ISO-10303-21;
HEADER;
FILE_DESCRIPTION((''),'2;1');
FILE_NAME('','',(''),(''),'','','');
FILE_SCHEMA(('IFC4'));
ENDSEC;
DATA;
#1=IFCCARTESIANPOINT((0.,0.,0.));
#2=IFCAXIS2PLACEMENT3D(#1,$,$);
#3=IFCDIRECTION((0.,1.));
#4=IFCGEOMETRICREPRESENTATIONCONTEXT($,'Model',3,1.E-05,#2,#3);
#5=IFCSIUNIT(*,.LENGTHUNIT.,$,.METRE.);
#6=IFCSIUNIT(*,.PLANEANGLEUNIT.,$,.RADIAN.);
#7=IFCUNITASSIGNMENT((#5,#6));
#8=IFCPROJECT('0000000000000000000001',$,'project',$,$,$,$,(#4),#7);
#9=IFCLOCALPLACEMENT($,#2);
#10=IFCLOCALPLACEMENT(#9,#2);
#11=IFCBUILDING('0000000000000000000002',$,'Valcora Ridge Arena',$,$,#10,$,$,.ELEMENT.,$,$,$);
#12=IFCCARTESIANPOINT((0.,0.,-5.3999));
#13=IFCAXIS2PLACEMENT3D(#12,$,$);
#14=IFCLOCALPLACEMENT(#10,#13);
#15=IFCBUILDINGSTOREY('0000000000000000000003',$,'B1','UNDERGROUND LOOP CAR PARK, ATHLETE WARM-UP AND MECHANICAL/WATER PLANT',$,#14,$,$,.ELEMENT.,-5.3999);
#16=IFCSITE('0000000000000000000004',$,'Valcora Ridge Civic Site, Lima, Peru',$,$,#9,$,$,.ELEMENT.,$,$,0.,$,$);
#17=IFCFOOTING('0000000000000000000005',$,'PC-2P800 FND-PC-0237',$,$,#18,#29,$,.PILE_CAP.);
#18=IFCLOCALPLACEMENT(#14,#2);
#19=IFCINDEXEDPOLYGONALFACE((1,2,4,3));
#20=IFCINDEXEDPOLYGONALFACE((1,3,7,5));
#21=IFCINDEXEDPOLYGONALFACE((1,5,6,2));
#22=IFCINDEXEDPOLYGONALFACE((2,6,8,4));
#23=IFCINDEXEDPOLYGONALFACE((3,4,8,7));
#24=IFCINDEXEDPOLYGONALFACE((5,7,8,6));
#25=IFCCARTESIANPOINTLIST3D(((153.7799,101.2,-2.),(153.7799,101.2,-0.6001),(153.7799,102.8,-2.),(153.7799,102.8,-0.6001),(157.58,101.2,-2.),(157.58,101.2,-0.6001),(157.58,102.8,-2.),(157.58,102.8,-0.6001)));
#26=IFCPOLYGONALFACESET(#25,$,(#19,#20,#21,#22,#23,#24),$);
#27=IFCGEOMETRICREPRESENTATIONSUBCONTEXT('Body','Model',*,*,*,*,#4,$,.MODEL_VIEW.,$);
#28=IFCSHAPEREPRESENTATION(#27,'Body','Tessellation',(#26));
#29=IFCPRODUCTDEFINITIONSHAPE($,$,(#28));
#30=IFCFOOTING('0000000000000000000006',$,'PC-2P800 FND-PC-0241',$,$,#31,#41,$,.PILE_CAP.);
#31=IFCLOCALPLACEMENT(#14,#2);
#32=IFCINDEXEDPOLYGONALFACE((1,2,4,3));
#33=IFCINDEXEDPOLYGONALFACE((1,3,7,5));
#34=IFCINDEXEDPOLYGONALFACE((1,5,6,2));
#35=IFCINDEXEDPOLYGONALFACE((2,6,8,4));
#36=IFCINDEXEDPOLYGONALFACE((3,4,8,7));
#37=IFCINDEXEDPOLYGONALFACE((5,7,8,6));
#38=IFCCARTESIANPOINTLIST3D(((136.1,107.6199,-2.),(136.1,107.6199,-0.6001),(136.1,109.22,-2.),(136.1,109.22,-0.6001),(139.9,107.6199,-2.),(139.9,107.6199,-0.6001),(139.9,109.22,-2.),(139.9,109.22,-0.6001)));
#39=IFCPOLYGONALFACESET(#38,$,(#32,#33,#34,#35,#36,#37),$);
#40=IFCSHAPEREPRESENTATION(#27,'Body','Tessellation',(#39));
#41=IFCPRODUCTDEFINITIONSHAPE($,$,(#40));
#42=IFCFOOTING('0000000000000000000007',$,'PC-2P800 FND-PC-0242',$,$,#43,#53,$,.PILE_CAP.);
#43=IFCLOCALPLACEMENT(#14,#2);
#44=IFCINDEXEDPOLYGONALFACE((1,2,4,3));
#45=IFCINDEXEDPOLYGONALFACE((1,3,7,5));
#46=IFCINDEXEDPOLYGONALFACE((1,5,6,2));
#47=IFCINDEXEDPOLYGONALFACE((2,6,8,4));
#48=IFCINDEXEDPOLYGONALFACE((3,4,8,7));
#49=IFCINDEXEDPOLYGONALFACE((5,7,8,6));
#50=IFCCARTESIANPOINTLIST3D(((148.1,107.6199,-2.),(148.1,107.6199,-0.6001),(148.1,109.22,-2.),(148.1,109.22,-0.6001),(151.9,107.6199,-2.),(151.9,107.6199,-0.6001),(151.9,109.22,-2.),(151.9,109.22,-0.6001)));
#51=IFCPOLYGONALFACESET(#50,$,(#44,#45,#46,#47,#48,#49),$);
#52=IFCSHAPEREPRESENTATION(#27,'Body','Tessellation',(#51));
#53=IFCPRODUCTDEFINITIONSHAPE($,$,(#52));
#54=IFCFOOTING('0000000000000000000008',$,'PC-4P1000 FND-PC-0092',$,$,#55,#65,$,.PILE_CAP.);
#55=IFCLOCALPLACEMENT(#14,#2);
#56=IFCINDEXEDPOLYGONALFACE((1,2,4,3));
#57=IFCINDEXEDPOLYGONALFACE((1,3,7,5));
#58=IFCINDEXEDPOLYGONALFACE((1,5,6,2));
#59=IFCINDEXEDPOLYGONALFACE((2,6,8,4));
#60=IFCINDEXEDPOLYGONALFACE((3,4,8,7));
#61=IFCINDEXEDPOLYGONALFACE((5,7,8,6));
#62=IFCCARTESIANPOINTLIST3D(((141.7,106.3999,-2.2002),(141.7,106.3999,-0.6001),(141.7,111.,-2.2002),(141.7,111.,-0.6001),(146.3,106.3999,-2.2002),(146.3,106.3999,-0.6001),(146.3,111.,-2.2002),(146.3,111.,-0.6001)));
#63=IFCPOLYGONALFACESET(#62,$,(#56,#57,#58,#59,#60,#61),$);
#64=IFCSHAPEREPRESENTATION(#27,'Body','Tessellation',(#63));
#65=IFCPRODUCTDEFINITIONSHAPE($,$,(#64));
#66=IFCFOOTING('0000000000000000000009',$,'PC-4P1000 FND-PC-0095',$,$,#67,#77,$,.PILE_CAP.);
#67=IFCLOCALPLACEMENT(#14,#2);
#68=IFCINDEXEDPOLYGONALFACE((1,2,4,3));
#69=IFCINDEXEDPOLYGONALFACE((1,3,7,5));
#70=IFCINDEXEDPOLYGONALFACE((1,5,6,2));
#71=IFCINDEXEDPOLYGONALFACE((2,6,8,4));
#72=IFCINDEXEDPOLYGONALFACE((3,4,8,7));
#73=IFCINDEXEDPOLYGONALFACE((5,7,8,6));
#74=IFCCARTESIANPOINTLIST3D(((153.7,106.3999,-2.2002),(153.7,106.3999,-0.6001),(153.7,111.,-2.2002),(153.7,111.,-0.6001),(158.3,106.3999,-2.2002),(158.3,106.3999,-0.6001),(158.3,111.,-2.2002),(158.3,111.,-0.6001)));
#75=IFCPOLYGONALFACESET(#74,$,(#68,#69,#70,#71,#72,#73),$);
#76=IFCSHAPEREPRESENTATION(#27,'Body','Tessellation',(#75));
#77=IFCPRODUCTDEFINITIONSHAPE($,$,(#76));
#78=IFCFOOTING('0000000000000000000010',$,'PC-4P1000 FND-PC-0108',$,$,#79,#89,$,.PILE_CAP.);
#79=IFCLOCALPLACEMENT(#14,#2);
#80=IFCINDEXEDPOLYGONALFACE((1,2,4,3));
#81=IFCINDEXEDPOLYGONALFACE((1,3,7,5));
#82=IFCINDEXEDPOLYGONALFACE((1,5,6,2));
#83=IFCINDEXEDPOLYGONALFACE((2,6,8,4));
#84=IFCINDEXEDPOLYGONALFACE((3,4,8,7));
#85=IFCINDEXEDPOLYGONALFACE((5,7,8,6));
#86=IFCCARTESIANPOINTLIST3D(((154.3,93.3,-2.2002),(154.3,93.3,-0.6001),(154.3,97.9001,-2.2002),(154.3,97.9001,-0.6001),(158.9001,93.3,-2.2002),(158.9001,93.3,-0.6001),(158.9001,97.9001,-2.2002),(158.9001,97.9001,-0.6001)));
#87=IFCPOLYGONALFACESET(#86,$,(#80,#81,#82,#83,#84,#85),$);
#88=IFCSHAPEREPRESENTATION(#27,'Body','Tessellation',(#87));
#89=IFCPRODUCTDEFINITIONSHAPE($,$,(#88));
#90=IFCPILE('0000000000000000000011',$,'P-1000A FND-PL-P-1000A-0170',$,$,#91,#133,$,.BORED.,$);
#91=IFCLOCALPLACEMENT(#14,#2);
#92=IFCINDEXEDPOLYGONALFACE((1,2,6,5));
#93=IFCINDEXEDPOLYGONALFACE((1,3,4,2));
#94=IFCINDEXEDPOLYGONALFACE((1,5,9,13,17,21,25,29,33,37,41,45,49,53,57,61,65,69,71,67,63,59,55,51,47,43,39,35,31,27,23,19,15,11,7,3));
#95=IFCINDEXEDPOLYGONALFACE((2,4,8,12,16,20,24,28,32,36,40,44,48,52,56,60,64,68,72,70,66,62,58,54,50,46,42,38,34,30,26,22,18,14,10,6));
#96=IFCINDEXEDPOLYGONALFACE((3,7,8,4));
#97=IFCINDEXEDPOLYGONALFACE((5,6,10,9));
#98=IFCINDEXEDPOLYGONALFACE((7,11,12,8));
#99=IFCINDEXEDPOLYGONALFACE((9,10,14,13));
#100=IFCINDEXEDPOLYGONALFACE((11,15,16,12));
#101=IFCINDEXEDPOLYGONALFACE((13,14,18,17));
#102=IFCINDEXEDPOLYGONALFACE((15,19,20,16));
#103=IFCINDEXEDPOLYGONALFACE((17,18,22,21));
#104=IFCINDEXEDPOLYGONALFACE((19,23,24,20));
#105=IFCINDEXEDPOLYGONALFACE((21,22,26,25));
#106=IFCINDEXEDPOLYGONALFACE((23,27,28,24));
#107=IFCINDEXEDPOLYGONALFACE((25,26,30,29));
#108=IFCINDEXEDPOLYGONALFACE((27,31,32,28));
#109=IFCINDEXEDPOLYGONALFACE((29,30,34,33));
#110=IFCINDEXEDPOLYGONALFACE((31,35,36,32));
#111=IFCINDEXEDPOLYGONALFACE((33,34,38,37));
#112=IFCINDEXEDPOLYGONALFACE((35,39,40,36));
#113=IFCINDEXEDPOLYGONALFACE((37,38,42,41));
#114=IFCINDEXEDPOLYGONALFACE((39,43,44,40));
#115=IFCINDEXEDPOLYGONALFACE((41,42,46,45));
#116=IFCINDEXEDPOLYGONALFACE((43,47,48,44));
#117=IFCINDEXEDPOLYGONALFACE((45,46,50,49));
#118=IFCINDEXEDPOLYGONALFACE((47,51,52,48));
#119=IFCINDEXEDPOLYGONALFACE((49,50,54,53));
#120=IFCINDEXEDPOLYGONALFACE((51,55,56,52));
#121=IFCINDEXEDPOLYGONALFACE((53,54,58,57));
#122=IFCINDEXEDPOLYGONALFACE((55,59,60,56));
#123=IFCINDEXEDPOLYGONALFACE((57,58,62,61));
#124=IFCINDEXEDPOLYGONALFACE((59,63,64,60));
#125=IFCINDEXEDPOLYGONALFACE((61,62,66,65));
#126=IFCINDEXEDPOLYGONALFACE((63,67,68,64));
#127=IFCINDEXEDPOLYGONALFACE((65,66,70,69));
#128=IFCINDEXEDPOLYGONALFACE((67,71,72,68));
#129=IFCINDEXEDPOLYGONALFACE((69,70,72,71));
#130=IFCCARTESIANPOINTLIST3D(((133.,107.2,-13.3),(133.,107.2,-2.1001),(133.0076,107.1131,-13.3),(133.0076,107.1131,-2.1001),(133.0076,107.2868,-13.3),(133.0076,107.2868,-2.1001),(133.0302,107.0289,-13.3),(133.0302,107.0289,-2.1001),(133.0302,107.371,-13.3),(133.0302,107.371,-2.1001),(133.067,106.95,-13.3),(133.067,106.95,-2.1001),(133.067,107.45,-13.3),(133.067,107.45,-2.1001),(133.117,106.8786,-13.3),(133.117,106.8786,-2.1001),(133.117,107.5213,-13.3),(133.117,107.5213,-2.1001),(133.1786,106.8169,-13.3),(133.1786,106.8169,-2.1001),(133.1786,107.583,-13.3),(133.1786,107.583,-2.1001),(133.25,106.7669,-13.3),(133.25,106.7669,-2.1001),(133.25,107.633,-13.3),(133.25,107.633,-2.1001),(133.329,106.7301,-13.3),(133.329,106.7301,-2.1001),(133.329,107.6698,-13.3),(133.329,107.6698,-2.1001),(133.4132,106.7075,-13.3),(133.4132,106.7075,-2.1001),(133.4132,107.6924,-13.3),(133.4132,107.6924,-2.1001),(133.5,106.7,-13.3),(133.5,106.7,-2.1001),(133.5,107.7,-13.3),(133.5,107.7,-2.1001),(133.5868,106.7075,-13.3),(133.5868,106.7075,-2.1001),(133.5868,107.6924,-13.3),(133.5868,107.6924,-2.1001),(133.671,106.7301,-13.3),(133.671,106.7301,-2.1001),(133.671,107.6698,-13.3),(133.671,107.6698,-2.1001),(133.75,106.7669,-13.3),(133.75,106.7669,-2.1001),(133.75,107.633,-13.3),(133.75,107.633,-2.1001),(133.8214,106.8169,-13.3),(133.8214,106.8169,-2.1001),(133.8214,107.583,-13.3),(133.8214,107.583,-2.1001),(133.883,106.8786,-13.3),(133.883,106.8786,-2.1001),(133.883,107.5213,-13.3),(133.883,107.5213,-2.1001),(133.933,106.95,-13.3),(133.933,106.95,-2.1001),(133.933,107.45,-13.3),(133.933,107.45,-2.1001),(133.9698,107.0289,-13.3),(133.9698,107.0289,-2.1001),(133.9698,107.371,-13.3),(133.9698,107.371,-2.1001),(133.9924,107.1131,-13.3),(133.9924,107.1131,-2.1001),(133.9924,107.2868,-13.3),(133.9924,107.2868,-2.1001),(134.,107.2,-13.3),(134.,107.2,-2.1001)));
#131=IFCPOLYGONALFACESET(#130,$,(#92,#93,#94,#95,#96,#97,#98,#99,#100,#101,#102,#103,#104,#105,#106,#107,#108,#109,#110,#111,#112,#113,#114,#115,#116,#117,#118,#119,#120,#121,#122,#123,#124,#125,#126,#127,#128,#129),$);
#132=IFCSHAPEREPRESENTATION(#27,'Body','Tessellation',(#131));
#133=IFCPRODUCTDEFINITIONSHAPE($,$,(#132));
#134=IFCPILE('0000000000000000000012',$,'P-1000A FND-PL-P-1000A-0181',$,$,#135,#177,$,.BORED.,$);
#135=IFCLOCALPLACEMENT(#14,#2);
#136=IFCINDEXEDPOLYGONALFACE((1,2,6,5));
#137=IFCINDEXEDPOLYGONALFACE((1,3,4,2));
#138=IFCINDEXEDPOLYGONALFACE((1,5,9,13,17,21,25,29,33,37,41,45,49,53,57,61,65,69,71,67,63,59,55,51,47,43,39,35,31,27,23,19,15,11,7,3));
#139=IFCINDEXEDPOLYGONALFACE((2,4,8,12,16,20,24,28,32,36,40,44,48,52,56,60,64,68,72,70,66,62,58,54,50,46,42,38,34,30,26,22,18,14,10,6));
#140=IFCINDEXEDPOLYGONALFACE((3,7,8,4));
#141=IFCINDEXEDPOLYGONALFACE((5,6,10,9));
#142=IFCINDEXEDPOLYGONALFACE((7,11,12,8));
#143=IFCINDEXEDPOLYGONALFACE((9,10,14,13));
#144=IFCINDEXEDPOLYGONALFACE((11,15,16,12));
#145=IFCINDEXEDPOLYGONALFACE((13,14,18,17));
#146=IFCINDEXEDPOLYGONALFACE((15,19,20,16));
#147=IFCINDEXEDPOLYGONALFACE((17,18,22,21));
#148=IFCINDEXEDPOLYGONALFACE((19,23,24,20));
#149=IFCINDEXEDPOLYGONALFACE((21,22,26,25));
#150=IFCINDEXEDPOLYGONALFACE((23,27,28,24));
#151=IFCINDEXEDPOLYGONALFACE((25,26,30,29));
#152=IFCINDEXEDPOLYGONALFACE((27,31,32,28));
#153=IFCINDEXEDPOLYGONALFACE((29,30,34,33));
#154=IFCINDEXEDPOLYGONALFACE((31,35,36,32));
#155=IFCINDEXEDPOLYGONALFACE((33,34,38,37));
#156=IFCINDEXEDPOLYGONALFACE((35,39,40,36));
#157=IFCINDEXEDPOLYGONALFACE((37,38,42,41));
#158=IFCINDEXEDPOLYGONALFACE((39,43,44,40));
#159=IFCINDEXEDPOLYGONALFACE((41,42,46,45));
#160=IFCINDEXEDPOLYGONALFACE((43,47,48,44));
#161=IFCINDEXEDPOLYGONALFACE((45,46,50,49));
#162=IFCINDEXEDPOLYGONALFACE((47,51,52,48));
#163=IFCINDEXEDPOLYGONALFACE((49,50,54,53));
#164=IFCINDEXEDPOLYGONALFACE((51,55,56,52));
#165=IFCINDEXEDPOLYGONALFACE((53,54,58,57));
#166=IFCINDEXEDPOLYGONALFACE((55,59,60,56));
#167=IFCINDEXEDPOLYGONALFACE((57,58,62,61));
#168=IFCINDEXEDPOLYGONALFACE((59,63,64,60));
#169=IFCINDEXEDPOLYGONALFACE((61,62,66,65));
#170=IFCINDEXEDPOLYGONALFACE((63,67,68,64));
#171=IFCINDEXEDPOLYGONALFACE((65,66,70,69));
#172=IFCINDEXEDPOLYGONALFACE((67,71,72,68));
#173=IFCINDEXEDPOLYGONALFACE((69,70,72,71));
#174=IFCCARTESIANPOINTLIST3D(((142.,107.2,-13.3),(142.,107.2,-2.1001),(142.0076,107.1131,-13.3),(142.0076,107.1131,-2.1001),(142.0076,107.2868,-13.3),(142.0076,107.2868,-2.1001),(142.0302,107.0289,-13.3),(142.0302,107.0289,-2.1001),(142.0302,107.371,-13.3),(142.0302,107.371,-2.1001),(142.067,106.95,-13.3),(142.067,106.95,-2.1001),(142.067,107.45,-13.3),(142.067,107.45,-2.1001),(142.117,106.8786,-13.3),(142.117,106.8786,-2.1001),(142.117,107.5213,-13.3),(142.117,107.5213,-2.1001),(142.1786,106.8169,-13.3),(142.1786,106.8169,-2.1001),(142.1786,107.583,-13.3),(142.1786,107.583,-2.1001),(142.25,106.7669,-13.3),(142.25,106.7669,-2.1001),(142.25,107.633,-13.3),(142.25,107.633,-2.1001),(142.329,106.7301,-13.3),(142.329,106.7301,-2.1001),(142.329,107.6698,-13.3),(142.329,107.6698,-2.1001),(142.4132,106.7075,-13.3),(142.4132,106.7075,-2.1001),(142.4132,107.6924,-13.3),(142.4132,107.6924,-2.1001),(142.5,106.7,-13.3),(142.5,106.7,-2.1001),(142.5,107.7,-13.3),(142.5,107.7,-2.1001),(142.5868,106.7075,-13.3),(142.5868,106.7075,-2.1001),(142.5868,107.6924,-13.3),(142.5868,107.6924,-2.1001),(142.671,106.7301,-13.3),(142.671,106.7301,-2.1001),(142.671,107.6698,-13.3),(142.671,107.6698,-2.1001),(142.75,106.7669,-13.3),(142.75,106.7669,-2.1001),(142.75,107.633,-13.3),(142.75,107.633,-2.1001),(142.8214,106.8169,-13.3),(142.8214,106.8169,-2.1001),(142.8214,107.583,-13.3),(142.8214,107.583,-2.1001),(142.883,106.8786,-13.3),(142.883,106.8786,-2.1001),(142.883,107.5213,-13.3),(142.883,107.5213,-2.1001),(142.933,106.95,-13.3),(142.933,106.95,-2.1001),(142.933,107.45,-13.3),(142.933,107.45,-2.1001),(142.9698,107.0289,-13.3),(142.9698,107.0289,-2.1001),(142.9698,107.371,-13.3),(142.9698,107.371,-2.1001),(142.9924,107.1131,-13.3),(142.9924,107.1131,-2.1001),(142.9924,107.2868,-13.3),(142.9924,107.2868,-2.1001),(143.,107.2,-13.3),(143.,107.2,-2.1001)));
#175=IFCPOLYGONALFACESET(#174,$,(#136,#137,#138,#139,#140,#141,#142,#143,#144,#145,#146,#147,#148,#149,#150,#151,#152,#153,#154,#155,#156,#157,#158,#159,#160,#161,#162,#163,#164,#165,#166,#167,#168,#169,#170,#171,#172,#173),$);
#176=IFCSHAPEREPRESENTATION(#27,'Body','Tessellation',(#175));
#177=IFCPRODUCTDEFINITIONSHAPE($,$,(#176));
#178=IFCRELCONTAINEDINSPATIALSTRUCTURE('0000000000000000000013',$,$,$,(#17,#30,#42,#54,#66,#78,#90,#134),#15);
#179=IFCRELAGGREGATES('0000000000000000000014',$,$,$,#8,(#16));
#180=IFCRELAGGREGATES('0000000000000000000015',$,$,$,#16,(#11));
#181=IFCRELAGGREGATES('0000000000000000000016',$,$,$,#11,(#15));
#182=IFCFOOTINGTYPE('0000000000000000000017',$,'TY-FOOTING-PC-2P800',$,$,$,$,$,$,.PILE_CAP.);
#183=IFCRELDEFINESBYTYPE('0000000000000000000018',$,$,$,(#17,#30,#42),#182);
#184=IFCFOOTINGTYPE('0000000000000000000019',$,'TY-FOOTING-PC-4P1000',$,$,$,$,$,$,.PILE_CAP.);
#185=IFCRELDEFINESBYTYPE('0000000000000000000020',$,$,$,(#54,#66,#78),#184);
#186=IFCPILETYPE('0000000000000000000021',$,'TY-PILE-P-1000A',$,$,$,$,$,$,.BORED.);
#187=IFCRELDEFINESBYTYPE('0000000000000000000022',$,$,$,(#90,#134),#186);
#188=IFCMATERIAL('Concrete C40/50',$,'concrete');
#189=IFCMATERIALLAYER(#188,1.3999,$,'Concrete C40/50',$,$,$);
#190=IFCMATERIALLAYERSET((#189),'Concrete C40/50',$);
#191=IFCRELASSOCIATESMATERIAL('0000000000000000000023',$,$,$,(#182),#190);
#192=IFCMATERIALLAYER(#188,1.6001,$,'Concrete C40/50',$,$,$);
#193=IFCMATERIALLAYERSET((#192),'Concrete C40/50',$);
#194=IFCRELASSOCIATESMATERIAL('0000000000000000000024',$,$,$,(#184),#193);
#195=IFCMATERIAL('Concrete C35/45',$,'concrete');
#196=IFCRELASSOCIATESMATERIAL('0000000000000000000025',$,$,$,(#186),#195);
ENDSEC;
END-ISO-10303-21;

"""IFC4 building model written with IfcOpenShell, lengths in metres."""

from ifc_helpers import new_model, si_unit, direction, frame, origin, origin_2d, place, context, subcontext, project, spatial, rectangle, circle, extrude, material, layer, layer_set, material_profile, profile_set, type_object, element, save


model = new_model("IFC4")

# Units and contexts
model_context = context("Model", 3, precision=1e-05, world=origin(), true_north=direction((0.0, 1.0)))
body_context = subcontext(model_context, "Body", "Model", "MODEL_VIEW")
ifc_project = project(units=[si_unit("LENGTHUNIT", "METRE"), si_unit("PLANEANGLEUNIT", "RADIAN")], contexts=[model_context])

# Site, building, storey
site_placement = place(None, origin())
site = spatial("IfcSite", under=ifc_project, at=site_placement, Name="Valcora Ridge Civic Site, Lima, Peru", CompositionType="ELEMENT", RefElevation=0.0)
building_placement = place(site_placement, origin())
building = spatial("IfcBuilding", under=site, at=building_placement, Name="Valcora Ridge Arena", CompositionType="ELEMENT")
storey_placement = place(building_placement, frame((0.0, 0.0, -5.3999)))
storey = spatial("IfcBuildingStorey", under=building, at=storey_placement, Name="B1", Description="UNDERGROUND LOOP CAR PARK, ATHLETE WARM-UP AND MECHANICAL/WATER PLANT", CompositionType="ELEMENT", Elevation=-5.3999)

# Footings
ifc_material_1 = material(Name="Concrete C40/50", Category="concrete")
ifc_layer_1 = layer(ifc_material_1, 1.3999, Name="Concrete C40/50")
ifc_layer_set_1 = layer_set([ifc_layer_1], Name="Concrete C40/50")
footing_type_1 = type_object("IfcFootingType", Name="TY-FOOTING-PC-2P800", PredefinedType="PILE_CAP", material=ifc_layer_set_1)
for number, where, z_axis, x_axis, name in (
    (1, (155.6799, 102.0, -2.0), (0.0, 0.0, 1.0), (1.0, 0.0, 0.0), "PC-2P800 FND-PC-0237"),
    (2, (138.0, 108.4199, -2.0), (0.0, 0.0, 1.0), (1.0, 0.0, 0.0), "PC-2P800 FND-PC-0241"),
    (3, (150.0, 108.4199, -2.0), (0.0, 0.0, 1.0), (1.0, 0.0, 0.0), "PC-2P800 FND-PC-0242"),
):
    element("IfcFooting", number, at=place(storey_placement, frame(where, z_axis=z_axis, x_axis=x_axis)), inside=storey, type_object=footing_type_1, Name=name, PredefinedType="PILE_CAP", context=body_context, shape_type="SweptSolid", body=[
        extrude(rectangle(XDim=3.8, YDim=1.6001, at=origin_2d()), origin(), (0.0, 0.0, 1.0), 1.3999),
    ])
ifc_layer_2 = layer(ifc_material_1, 1.6001, Name="Concrete C40/50")
ifc_layer_set_2 = layer_set([ifc_layer_2], Name="Concrete C40/50")
footing_type_2 = type_object("IfcFootingType", Name="TY-FOOTING-PC-4P1000", PredefinedType="PILE_CAP", material=ifc_layer_set_2)
for number, where, z_axis, x_axis, name in (
    (4, (144.0, 108.7, -2.2002), (0.0, 0.0, 1.0), (1.0, 0.0, 0.0), "PC-4P1000 FND-PC-0092"),
    (5, (156.0, 108.7, -2.2002), (0.0, 0.0, 1.0), (1.0, 0.0, 0.0), "PC-4P1000 FND-PC-0095"),
    (6, (156.6001, 95.6001, -2.2002), (0.0, 0.0, 1.0), (1.0, 0.0, 0.0), "PC-4P1000 FND-PC-0108"),
):
    element("IfcFooting", number, at=place(storey_placement, frame(where, z_axis=z_axis, x_axis=x_axis)), inside=storey, type_object=footing_type_2, Name=name, PredefinedType="PILE_CAP", context=body_context, shape_type="SweptSolid", body=[
        extrude(rectangle(XDim=4.6001, YDim=4.6001, at=origin_2d()), origin(), (0.0, 0.0, 1.0), 1.6001),
    ])

# Piles
ifc_material_2 = material(Name="Concrete C35/45", Category="concrete")
ifc_material_profile_1 = material_profile(ifc_material_2, circle(Radius=0.5, at=origin_2d()), Name="BORED PILE D1000")
ifc_profile_set_1 = profile_set([ifc_material_profile_1], Name="Concrete C35/45")
pile_type_1 = type_object("IfcPileType", Name="TY-PILE-P-1000A", PredefinedType="BORED", material=ifc_profile_set_1)
for number, where, z_axis, x_axis, name in (
    (7, (133.5, 107.2, -2.1001), (0.0, 0.0, -1.0), (1.0, 0.0, 0.0), "P-1000A FND-PL-P-1000A-0170"),
    (8, (142.5, 107.2, -2.1001), (0.0, 0.0, -1.0), (1.0, 0.0, 0.0), "P-1000A FND-PL-P-1000A-0181"),
):
    element("IfcPile", number, at=place(storey_placement, frame(where, z_axis=z_axis, x_axis=x_axis)), inside=storey, type_object=pile_type_1, Name=name, PredefinedType="BORED", context=body_context, shape_type="SweptSolid", body=[
        extrude(circle(Radius=0.5, at=origin_2d()), origin(), (0.0, 0.0, 1.0), 11.2),
    ])

save(model, "model.ifc")
